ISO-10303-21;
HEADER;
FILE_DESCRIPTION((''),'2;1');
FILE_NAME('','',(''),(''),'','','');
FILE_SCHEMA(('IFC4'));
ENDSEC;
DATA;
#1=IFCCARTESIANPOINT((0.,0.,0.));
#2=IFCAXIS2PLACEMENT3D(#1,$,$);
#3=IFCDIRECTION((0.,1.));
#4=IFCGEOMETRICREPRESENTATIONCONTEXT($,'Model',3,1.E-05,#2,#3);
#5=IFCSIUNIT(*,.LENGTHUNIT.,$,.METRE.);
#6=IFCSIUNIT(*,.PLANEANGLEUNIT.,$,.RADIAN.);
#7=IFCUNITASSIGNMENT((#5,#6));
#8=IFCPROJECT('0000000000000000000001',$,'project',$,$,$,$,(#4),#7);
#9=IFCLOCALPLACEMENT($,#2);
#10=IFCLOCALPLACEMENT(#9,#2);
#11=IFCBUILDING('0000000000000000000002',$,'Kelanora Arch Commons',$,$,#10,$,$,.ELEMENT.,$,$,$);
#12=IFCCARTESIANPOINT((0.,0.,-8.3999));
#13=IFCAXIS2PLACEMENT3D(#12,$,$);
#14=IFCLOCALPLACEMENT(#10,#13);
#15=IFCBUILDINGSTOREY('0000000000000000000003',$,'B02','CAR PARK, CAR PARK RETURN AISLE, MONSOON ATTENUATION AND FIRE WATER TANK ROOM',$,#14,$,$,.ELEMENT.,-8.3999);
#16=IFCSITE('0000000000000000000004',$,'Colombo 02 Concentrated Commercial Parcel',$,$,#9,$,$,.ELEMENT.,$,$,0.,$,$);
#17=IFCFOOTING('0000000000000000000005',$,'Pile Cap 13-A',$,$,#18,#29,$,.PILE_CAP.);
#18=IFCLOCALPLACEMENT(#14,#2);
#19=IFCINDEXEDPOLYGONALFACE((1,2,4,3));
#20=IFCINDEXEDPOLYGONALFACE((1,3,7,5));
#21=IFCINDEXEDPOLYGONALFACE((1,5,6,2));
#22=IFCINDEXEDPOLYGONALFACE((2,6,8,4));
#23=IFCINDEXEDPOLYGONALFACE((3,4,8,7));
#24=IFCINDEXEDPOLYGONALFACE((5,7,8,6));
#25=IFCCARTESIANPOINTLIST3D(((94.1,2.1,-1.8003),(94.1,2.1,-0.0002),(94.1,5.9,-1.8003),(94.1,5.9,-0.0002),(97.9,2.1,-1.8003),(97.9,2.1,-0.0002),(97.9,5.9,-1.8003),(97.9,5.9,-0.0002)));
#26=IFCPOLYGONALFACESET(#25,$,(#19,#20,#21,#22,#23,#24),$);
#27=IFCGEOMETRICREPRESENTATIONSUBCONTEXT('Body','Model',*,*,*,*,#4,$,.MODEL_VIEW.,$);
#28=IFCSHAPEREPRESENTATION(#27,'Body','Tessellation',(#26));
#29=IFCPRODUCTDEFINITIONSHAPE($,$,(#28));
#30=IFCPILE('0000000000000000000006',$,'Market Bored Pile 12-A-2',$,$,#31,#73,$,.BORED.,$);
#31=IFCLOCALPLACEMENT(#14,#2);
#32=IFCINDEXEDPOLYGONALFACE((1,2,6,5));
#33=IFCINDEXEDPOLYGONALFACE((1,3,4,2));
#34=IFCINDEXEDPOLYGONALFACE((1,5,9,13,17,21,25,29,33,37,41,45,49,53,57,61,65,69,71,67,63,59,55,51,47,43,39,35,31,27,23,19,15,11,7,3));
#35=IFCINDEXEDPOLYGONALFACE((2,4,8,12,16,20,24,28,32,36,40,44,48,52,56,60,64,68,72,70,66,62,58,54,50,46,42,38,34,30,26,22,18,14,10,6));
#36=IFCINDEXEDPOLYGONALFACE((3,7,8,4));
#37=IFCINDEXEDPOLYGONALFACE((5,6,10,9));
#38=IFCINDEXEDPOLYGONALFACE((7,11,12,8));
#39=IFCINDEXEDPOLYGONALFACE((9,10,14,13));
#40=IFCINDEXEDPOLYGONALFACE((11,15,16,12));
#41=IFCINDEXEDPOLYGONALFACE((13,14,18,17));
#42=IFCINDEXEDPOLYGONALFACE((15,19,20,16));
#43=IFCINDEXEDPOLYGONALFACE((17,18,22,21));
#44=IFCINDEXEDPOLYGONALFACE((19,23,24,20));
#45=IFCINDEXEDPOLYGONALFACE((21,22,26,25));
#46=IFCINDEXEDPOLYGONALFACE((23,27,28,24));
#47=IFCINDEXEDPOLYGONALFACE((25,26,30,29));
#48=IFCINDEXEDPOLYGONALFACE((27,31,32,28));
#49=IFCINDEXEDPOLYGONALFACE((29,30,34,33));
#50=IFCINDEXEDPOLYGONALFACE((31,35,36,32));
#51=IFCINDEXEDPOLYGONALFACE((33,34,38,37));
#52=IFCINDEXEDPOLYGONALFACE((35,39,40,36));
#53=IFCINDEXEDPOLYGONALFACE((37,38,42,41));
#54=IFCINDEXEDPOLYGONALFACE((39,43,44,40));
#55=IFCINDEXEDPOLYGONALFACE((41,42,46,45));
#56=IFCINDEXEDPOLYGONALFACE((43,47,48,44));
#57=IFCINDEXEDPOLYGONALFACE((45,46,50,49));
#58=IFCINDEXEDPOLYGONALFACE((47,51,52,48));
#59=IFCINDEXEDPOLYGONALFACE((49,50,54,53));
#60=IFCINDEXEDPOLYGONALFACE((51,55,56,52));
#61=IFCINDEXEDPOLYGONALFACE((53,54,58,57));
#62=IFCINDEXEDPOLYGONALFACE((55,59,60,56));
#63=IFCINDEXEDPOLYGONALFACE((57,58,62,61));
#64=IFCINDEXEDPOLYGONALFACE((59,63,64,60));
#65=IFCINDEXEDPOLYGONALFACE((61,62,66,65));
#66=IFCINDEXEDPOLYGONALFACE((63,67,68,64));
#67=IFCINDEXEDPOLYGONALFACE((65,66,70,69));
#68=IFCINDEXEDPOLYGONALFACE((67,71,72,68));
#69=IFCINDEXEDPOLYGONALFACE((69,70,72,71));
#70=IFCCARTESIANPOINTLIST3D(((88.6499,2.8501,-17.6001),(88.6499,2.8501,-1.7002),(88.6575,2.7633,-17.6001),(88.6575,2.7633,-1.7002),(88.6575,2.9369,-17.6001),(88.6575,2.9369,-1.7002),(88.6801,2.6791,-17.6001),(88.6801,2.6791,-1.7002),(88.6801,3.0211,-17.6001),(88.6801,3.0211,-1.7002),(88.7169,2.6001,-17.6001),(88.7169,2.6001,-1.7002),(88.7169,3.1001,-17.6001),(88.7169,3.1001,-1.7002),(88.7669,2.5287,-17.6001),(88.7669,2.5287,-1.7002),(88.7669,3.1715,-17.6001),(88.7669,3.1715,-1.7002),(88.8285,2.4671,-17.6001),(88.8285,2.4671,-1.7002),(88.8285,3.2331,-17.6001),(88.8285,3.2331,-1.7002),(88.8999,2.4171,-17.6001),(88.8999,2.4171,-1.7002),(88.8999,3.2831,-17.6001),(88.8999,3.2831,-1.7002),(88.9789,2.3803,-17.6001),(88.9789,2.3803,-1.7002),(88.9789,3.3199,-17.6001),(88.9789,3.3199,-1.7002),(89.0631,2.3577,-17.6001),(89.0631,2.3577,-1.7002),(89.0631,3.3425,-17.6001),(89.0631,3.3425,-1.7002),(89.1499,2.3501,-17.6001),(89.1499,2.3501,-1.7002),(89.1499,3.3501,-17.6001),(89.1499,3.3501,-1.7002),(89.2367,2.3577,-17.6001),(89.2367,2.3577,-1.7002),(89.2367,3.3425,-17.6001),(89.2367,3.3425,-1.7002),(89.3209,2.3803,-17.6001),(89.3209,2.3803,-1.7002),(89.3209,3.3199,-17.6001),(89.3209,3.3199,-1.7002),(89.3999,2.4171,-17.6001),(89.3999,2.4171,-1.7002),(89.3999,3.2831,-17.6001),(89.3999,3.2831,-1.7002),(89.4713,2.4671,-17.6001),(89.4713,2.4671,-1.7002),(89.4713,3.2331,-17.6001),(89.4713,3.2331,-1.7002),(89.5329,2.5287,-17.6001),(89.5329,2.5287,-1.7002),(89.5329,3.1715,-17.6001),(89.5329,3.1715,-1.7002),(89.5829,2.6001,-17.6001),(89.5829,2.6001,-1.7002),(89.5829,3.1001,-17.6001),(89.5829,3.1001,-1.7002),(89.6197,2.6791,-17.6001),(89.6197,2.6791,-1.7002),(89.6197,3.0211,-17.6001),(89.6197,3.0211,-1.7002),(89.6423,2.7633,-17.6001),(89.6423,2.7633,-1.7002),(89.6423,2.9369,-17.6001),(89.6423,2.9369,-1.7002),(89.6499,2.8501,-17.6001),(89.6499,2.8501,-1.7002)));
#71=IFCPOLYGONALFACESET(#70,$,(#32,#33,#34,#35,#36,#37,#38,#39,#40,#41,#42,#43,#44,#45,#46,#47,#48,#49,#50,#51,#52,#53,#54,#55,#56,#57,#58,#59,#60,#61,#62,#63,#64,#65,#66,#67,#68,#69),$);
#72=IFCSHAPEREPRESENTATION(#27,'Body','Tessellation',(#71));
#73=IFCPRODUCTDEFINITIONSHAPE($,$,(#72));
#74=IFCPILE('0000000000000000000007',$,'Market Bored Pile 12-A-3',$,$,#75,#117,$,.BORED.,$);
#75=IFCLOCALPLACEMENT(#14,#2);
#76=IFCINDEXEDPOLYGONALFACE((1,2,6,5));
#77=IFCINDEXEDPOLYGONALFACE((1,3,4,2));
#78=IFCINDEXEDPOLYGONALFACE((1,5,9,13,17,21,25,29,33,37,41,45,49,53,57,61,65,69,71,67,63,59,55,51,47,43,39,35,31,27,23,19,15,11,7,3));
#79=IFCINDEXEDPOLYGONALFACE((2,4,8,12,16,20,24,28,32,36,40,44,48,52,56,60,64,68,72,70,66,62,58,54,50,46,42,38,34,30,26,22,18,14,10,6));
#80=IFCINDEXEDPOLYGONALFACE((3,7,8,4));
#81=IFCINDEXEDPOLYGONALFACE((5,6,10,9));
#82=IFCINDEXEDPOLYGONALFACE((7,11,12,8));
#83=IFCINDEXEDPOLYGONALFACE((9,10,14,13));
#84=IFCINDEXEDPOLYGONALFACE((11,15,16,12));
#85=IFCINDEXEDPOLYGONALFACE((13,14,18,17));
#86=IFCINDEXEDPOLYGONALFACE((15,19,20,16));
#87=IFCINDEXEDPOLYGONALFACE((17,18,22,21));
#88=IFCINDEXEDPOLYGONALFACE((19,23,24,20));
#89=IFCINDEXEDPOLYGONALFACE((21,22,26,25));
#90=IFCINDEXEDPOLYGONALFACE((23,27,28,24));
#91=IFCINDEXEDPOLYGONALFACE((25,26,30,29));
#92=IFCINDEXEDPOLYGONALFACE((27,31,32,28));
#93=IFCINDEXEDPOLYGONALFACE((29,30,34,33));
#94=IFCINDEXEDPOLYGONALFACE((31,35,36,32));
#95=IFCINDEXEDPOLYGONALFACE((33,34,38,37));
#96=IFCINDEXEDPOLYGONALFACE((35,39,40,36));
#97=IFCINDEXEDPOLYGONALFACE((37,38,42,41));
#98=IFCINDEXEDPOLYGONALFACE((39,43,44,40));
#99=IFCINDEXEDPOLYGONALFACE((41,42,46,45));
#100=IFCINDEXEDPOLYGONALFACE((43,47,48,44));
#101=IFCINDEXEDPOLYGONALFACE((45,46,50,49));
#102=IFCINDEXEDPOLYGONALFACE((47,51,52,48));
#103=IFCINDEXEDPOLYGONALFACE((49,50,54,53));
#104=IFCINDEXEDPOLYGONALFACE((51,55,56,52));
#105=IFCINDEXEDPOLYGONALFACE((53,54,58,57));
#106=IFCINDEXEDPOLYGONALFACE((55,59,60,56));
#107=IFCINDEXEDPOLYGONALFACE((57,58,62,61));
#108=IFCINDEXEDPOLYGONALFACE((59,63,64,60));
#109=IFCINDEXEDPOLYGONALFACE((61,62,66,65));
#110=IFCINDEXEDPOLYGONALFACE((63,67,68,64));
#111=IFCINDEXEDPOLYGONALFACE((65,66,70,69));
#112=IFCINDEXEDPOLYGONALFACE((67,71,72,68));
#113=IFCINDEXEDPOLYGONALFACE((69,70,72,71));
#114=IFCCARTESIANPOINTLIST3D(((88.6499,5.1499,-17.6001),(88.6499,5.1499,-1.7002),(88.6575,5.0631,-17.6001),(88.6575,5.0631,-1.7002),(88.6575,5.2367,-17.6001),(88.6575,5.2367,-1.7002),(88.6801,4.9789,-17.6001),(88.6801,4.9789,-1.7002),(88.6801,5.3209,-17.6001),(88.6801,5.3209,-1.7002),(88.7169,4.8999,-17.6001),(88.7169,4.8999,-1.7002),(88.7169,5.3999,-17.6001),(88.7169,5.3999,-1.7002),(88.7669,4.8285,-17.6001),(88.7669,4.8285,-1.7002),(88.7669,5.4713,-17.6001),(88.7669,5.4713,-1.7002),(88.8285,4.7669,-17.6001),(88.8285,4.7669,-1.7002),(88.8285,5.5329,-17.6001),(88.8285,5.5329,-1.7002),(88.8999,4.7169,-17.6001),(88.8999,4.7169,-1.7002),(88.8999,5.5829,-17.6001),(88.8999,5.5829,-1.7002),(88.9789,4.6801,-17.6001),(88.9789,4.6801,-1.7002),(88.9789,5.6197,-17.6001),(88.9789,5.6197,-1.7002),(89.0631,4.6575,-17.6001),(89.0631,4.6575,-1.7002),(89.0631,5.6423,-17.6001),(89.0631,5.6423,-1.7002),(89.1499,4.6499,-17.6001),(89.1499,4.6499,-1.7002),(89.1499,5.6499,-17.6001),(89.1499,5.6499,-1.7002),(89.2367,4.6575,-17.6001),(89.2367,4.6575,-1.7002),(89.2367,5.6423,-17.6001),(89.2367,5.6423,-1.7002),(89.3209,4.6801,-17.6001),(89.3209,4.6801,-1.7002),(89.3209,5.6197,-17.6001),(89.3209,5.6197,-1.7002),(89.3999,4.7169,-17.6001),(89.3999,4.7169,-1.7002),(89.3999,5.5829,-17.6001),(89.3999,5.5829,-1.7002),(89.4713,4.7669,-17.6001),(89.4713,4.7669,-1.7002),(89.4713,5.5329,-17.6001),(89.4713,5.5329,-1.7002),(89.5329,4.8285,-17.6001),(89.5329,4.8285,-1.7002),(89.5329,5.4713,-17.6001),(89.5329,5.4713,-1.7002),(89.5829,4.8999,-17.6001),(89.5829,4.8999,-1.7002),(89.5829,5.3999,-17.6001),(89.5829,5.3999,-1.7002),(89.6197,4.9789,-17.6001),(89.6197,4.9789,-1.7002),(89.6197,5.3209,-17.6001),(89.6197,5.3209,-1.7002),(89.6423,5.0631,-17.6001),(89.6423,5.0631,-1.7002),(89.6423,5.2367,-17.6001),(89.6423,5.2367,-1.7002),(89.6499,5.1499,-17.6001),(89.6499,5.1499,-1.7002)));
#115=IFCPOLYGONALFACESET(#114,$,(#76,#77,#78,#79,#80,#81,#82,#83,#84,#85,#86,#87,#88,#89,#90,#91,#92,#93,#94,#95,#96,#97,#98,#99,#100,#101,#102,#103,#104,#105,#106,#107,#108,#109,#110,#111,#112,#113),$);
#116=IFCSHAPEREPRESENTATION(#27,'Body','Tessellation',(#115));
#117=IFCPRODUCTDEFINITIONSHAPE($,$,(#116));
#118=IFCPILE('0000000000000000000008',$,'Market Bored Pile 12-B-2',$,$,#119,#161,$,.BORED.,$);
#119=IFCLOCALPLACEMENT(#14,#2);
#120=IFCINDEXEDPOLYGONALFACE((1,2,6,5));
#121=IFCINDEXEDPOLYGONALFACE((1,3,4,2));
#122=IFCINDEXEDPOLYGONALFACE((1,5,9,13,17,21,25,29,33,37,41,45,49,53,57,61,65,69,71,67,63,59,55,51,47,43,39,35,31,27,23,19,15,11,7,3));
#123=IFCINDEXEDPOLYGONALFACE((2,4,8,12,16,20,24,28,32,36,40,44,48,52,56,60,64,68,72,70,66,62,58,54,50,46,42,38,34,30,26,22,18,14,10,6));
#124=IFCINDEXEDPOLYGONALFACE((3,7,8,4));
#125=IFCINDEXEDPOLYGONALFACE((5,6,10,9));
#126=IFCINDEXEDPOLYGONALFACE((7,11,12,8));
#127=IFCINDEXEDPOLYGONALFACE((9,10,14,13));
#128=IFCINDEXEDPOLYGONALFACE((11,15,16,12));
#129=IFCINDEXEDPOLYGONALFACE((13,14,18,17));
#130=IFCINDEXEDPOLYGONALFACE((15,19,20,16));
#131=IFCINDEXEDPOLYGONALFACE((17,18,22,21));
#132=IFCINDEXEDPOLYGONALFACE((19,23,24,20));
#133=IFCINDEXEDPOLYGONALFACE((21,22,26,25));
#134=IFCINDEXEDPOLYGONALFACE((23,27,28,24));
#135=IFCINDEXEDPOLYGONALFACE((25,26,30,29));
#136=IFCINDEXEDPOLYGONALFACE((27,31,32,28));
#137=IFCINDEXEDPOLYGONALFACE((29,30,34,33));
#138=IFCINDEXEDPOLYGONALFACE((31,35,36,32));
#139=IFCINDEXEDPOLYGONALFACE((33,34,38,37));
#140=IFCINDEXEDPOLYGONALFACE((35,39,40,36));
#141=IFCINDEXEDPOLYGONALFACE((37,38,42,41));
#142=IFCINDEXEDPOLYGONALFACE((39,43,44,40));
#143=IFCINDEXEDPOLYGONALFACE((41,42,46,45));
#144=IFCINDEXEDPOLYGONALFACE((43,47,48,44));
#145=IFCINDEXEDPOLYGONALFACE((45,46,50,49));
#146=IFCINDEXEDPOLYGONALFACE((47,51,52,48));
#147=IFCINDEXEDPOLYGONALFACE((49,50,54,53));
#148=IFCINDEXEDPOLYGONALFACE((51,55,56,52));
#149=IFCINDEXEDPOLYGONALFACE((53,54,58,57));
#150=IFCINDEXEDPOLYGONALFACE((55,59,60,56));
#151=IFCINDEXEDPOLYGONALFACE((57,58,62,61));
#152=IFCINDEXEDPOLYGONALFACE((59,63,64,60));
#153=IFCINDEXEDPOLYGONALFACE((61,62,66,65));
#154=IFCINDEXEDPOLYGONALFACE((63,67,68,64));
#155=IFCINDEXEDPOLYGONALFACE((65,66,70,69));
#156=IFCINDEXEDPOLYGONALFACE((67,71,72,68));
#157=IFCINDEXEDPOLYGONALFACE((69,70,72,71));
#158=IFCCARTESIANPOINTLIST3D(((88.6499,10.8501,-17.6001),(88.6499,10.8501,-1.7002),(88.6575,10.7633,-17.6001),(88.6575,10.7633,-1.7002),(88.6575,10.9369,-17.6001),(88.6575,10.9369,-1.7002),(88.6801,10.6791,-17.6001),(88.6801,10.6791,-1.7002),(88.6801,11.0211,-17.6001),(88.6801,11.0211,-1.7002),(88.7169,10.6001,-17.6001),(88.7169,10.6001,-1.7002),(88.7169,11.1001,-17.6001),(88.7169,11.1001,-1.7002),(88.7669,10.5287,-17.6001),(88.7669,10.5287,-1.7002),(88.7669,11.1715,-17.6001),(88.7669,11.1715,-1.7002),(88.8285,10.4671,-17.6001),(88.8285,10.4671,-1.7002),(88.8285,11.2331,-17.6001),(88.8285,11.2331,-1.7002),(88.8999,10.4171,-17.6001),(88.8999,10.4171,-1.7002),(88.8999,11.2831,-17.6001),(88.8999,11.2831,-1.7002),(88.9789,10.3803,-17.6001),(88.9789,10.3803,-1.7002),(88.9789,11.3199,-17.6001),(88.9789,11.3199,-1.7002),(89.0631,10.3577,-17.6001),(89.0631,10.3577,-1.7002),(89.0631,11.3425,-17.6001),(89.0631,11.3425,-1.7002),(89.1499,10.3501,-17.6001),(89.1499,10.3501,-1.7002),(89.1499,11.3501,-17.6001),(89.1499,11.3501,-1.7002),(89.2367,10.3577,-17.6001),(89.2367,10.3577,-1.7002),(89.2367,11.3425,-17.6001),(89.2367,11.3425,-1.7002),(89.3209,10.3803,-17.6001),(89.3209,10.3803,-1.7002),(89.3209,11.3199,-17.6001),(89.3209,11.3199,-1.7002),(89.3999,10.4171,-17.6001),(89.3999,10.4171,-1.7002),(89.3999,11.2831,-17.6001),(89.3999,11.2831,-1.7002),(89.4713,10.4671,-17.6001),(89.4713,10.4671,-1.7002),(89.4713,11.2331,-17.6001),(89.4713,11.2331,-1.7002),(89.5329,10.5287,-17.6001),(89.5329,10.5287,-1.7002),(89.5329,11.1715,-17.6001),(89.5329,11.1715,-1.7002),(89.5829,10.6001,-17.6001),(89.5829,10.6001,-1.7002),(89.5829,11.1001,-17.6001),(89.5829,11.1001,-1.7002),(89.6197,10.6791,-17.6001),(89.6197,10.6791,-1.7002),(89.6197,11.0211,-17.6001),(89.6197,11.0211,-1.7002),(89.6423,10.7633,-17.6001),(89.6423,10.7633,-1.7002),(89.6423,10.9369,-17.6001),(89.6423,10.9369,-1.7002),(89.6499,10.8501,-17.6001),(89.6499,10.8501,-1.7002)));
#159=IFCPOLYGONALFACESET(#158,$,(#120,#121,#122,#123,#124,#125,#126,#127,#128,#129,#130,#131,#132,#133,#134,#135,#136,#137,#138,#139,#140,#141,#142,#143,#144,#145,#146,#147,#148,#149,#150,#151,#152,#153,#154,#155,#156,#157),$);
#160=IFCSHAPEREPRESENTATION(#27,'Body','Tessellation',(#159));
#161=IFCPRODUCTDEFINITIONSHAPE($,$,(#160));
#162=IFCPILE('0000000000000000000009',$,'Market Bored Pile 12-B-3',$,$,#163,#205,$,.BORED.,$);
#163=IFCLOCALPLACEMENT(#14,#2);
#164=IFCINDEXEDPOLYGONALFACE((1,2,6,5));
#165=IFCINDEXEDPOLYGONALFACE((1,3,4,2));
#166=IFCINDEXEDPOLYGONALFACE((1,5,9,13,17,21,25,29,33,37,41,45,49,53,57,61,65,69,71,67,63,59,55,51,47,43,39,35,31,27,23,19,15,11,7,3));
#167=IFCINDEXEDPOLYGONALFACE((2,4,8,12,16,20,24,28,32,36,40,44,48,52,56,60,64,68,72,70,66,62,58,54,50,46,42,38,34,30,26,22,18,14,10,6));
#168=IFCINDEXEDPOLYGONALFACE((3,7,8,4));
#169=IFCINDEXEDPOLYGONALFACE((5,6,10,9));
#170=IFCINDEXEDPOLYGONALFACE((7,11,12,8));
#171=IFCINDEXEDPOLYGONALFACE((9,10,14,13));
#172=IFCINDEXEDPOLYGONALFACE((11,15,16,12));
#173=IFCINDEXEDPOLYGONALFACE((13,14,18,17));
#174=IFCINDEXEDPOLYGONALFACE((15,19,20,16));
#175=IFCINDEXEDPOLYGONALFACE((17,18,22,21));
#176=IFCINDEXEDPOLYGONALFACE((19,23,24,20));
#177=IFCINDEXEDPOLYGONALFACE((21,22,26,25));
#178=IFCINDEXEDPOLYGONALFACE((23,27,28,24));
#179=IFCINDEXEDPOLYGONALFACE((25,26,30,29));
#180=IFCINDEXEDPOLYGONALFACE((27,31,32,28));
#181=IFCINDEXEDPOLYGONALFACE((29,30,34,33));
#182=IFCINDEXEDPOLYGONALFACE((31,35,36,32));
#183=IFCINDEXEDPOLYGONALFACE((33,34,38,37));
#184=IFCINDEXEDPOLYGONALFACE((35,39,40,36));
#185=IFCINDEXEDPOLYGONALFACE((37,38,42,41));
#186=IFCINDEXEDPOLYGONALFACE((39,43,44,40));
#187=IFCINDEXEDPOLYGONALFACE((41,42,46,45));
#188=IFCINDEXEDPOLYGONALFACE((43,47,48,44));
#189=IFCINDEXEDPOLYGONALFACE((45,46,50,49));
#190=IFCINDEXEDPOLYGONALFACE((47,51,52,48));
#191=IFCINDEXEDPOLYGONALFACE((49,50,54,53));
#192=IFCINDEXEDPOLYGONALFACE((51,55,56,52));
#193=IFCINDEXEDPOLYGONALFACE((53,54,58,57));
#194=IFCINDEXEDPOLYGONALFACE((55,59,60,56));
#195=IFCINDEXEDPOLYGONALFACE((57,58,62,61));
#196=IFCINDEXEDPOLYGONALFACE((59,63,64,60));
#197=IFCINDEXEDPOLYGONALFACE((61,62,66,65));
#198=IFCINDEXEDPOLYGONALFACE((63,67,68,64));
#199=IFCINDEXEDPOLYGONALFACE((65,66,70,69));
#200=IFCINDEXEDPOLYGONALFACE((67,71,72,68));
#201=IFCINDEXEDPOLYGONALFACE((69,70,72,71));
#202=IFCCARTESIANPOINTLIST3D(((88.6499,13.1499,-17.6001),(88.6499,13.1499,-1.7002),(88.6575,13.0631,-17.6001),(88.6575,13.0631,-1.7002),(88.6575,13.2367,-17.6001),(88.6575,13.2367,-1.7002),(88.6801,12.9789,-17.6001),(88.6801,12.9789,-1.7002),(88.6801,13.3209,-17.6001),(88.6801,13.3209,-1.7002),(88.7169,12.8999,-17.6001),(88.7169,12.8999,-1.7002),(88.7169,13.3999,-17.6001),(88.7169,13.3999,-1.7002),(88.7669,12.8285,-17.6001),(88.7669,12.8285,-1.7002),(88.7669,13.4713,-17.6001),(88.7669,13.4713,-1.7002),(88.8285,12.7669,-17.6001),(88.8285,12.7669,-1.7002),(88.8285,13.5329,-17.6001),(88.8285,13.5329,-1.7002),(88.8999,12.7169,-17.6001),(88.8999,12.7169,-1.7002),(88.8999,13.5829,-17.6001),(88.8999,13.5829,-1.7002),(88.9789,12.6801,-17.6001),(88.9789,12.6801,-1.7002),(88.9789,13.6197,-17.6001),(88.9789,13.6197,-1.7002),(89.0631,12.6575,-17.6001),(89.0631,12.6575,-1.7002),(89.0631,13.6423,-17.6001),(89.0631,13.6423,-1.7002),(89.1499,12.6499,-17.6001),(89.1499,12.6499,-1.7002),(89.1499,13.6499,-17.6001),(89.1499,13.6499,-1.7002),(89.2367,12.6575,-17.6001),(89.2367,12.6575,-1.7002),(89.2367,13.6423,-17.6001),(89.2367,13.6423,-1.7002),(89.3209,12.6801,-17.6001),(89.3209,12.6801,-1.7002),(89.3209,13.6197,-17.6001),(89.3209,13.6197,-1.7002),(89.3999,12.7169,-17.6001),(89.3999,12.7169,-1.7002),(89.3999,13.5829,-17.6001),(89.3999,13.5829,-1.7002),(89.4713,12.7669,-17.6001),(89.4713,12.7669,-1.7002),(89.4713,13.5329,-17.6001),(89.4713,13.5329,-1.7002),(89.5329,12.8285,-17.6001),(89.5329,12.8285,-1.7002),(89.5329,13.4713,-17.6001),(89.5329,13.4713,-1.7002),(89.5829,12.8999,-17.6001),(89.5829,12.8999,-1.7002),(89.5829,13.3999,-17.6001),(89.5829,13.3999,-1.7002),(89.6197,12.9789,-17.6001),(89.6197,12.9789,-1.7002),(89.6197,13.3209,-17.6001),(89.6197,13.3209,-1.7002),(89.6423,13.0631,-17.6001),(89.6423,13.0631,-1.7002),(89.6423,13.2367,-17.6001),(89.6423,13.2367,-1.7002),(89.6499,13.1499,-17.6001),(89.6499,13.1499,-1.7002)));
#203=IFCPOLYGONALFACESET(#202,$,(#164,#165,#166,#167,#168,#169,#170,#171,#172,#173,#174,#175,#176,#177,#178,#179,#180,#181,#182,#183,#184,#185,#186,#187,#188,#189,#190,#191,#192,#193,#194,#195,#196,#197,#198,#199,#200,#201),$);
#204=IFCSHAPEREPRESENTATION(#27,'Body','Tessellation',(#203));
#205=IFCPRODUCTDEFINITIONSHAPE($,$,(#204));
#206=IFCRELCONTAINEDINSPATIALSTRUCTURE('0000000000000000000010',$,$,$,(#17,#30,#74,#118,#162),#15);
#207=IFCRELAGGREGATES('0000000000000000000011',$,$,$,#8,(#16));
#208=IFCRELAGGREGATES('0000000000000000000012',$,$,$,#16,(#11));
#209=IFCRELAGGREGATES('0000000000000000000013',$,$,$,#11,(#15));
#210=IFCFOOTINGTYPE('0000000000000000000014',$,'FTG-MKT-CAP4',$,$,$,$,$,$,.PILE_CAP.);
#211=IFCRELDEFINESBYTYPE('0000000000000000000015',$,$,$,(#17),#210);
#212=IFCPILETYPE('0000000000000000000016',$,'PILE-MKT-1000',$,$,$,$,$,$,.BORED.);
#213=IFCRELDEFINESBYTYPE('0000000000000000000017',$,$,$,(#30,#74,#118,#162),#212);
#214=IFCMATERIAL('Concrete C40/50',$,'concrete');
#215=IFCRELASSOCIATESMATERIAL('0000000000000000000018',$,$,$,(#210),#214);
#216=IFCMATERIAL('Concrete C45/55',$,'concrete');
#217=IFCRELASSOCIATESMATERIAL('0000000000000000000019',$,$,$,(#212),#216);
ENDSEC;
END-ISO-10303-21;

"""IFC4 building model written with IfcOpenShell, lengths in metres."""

from ifc_helpers import new_model, si_unit, direction, frame, origin, origin_2d, place, context, subcontext, project, spatial, rectangle, circle, extrude, source, transform, mapped, material, material_profile, profile_set, type_object, element, save


model = new_model("IFC4")

# Units and contexts
model_context = context("Model", 3, precision=1e-05, world=origin(), true_north=direction((0.0, 1.0)))
body_context = subcontext(model_context, "Body", "Model", "MODEL_VIEW")
ifc_project = project(units=[si_unit("LENGTHUNIT", "METRE"), si_unit("PLANEANGLEUNIT", "RADIAN")], contexts=[model_context])

# Site, building, storey
site_placement = place(None, origin())
site = spatial("IfcSite", under=ifc_project, at=site_placement, Name="Colombo 02 Concentrated Commercial Parcel", CompositionType="ELEMENT", RefElevation=0.0)
building_placement = place(site_placement, origin())
building = spatial("IfcBuilding", under=site, at=building_placement, Name="Kelanora Arch Commons", CompositionType="ELEMENT")
storey_placement = place(building_placement, frame((0.0, 0.0, -8.3999)))
storey = spatial("IfcBuildingStorey", under=building, at=storey_placement, Name="B02", Description="CAR PARK, CAR PARK RETURN AISLE, MONSOON ATTENUATION AND FIRE WATER TANK ROOM", CompositionType="ELEMENT", Elevation=-8.3999)

# Footing
ifc_material_1 = material(Name="Concrete C40/50", Category="concrete")
footing_type_1 = type_object("IfcFootingType", Name="FTG-MKT-CAP4", PredefinedType="PILE_CAP", material=ifc_material_1)
shared_shape_1 = source(origin(), body_context, "Body", "SweptSolid", [
    extrude(rectangle(XDim=3.8, YDim=3.8, at=origin_2d()), origin(), (0.0, 0.0, 1.0), 1.8),
])
footing_placement = place(storey_placement, frame((96.0, 4.0, -1.8003), z_axis=(0.0, 0.0, 1.0), x_axis=(1.0, 0.0, 0.0)))
element("IfcFooting", 1, at=footing_placement, inside=storey, type_object=footing_type_1, Name="Pile Cap 13-A", PredefinedType="PILE_CAP", context=body_context, shape_type="MappedRepresentation", body=[
    mapped(shared_shape_1, transform((0.0, 0.0, 0.0), scale=1.0)),
])

# Piles
ifc_material_2 = material(Name="Concrete C45/55", Category="concrete")
ifc_material_profile_1 = material_profile(ifc_material_2, circle(Radius=0.5, at=origin_2d()), Name="PILE1000")
ifc_profile_set_1 = profile_set([ifc_material_profile_1], Name="Concrete C45/55")
pile_type = type_object("IfcPileType", Name="PILE-MKT-1000", PredefinedType="BORED", material=ifc_profile_set_1)
shared_shape_2 = source(origin(), body_context, "Body", "SweptSolid", [
    extrude(circle(Radius=0.5, at=origin_2d()), origin(), (0.0, 0.0, 1.0), 15.8999),
])
for number, where, z_axis, x_axis, name in (
    (2, (89.1499, 2.8501, -1.7002), (0.0, 0.0, -1.0), (1.0, 0.0, 0.0), "Market Bored Pile 12-A-2"),
    (3, (89.1499, 5.1499, -1.7002), (0.0, 0.0, -1.0), (1.0, 0.0, 0.0), "Market Bored Pile 12-A-3"),
    (4, (89.1499, 10.8501, -1.7002), (0.0, 0.0, -1.0), (1.0, 0.0, 0.0), "Market Bored Pile 12-B-2"),
    (5, (89.1499, 13.1499, -1.7002), (0.0, 0.0, -1.0), (1.0, 0.0, 0.0), "Market Bored Pile 12-B-3"),
):
    element("IfcPile", number, at=place(storey_placement, frame(where, z_axis=z_axis, x_axis=x_axis)), inside=storey, type_object=pile_type, Name=name, PredefinedType="BORED", context=body_context, shape_type="MappedRepresentation", body=[
        mapped(shared_shape_2, transform((0.0, 0.0, 0.0), scale=1.0)),
    ])

save(model, "model.ifc")
